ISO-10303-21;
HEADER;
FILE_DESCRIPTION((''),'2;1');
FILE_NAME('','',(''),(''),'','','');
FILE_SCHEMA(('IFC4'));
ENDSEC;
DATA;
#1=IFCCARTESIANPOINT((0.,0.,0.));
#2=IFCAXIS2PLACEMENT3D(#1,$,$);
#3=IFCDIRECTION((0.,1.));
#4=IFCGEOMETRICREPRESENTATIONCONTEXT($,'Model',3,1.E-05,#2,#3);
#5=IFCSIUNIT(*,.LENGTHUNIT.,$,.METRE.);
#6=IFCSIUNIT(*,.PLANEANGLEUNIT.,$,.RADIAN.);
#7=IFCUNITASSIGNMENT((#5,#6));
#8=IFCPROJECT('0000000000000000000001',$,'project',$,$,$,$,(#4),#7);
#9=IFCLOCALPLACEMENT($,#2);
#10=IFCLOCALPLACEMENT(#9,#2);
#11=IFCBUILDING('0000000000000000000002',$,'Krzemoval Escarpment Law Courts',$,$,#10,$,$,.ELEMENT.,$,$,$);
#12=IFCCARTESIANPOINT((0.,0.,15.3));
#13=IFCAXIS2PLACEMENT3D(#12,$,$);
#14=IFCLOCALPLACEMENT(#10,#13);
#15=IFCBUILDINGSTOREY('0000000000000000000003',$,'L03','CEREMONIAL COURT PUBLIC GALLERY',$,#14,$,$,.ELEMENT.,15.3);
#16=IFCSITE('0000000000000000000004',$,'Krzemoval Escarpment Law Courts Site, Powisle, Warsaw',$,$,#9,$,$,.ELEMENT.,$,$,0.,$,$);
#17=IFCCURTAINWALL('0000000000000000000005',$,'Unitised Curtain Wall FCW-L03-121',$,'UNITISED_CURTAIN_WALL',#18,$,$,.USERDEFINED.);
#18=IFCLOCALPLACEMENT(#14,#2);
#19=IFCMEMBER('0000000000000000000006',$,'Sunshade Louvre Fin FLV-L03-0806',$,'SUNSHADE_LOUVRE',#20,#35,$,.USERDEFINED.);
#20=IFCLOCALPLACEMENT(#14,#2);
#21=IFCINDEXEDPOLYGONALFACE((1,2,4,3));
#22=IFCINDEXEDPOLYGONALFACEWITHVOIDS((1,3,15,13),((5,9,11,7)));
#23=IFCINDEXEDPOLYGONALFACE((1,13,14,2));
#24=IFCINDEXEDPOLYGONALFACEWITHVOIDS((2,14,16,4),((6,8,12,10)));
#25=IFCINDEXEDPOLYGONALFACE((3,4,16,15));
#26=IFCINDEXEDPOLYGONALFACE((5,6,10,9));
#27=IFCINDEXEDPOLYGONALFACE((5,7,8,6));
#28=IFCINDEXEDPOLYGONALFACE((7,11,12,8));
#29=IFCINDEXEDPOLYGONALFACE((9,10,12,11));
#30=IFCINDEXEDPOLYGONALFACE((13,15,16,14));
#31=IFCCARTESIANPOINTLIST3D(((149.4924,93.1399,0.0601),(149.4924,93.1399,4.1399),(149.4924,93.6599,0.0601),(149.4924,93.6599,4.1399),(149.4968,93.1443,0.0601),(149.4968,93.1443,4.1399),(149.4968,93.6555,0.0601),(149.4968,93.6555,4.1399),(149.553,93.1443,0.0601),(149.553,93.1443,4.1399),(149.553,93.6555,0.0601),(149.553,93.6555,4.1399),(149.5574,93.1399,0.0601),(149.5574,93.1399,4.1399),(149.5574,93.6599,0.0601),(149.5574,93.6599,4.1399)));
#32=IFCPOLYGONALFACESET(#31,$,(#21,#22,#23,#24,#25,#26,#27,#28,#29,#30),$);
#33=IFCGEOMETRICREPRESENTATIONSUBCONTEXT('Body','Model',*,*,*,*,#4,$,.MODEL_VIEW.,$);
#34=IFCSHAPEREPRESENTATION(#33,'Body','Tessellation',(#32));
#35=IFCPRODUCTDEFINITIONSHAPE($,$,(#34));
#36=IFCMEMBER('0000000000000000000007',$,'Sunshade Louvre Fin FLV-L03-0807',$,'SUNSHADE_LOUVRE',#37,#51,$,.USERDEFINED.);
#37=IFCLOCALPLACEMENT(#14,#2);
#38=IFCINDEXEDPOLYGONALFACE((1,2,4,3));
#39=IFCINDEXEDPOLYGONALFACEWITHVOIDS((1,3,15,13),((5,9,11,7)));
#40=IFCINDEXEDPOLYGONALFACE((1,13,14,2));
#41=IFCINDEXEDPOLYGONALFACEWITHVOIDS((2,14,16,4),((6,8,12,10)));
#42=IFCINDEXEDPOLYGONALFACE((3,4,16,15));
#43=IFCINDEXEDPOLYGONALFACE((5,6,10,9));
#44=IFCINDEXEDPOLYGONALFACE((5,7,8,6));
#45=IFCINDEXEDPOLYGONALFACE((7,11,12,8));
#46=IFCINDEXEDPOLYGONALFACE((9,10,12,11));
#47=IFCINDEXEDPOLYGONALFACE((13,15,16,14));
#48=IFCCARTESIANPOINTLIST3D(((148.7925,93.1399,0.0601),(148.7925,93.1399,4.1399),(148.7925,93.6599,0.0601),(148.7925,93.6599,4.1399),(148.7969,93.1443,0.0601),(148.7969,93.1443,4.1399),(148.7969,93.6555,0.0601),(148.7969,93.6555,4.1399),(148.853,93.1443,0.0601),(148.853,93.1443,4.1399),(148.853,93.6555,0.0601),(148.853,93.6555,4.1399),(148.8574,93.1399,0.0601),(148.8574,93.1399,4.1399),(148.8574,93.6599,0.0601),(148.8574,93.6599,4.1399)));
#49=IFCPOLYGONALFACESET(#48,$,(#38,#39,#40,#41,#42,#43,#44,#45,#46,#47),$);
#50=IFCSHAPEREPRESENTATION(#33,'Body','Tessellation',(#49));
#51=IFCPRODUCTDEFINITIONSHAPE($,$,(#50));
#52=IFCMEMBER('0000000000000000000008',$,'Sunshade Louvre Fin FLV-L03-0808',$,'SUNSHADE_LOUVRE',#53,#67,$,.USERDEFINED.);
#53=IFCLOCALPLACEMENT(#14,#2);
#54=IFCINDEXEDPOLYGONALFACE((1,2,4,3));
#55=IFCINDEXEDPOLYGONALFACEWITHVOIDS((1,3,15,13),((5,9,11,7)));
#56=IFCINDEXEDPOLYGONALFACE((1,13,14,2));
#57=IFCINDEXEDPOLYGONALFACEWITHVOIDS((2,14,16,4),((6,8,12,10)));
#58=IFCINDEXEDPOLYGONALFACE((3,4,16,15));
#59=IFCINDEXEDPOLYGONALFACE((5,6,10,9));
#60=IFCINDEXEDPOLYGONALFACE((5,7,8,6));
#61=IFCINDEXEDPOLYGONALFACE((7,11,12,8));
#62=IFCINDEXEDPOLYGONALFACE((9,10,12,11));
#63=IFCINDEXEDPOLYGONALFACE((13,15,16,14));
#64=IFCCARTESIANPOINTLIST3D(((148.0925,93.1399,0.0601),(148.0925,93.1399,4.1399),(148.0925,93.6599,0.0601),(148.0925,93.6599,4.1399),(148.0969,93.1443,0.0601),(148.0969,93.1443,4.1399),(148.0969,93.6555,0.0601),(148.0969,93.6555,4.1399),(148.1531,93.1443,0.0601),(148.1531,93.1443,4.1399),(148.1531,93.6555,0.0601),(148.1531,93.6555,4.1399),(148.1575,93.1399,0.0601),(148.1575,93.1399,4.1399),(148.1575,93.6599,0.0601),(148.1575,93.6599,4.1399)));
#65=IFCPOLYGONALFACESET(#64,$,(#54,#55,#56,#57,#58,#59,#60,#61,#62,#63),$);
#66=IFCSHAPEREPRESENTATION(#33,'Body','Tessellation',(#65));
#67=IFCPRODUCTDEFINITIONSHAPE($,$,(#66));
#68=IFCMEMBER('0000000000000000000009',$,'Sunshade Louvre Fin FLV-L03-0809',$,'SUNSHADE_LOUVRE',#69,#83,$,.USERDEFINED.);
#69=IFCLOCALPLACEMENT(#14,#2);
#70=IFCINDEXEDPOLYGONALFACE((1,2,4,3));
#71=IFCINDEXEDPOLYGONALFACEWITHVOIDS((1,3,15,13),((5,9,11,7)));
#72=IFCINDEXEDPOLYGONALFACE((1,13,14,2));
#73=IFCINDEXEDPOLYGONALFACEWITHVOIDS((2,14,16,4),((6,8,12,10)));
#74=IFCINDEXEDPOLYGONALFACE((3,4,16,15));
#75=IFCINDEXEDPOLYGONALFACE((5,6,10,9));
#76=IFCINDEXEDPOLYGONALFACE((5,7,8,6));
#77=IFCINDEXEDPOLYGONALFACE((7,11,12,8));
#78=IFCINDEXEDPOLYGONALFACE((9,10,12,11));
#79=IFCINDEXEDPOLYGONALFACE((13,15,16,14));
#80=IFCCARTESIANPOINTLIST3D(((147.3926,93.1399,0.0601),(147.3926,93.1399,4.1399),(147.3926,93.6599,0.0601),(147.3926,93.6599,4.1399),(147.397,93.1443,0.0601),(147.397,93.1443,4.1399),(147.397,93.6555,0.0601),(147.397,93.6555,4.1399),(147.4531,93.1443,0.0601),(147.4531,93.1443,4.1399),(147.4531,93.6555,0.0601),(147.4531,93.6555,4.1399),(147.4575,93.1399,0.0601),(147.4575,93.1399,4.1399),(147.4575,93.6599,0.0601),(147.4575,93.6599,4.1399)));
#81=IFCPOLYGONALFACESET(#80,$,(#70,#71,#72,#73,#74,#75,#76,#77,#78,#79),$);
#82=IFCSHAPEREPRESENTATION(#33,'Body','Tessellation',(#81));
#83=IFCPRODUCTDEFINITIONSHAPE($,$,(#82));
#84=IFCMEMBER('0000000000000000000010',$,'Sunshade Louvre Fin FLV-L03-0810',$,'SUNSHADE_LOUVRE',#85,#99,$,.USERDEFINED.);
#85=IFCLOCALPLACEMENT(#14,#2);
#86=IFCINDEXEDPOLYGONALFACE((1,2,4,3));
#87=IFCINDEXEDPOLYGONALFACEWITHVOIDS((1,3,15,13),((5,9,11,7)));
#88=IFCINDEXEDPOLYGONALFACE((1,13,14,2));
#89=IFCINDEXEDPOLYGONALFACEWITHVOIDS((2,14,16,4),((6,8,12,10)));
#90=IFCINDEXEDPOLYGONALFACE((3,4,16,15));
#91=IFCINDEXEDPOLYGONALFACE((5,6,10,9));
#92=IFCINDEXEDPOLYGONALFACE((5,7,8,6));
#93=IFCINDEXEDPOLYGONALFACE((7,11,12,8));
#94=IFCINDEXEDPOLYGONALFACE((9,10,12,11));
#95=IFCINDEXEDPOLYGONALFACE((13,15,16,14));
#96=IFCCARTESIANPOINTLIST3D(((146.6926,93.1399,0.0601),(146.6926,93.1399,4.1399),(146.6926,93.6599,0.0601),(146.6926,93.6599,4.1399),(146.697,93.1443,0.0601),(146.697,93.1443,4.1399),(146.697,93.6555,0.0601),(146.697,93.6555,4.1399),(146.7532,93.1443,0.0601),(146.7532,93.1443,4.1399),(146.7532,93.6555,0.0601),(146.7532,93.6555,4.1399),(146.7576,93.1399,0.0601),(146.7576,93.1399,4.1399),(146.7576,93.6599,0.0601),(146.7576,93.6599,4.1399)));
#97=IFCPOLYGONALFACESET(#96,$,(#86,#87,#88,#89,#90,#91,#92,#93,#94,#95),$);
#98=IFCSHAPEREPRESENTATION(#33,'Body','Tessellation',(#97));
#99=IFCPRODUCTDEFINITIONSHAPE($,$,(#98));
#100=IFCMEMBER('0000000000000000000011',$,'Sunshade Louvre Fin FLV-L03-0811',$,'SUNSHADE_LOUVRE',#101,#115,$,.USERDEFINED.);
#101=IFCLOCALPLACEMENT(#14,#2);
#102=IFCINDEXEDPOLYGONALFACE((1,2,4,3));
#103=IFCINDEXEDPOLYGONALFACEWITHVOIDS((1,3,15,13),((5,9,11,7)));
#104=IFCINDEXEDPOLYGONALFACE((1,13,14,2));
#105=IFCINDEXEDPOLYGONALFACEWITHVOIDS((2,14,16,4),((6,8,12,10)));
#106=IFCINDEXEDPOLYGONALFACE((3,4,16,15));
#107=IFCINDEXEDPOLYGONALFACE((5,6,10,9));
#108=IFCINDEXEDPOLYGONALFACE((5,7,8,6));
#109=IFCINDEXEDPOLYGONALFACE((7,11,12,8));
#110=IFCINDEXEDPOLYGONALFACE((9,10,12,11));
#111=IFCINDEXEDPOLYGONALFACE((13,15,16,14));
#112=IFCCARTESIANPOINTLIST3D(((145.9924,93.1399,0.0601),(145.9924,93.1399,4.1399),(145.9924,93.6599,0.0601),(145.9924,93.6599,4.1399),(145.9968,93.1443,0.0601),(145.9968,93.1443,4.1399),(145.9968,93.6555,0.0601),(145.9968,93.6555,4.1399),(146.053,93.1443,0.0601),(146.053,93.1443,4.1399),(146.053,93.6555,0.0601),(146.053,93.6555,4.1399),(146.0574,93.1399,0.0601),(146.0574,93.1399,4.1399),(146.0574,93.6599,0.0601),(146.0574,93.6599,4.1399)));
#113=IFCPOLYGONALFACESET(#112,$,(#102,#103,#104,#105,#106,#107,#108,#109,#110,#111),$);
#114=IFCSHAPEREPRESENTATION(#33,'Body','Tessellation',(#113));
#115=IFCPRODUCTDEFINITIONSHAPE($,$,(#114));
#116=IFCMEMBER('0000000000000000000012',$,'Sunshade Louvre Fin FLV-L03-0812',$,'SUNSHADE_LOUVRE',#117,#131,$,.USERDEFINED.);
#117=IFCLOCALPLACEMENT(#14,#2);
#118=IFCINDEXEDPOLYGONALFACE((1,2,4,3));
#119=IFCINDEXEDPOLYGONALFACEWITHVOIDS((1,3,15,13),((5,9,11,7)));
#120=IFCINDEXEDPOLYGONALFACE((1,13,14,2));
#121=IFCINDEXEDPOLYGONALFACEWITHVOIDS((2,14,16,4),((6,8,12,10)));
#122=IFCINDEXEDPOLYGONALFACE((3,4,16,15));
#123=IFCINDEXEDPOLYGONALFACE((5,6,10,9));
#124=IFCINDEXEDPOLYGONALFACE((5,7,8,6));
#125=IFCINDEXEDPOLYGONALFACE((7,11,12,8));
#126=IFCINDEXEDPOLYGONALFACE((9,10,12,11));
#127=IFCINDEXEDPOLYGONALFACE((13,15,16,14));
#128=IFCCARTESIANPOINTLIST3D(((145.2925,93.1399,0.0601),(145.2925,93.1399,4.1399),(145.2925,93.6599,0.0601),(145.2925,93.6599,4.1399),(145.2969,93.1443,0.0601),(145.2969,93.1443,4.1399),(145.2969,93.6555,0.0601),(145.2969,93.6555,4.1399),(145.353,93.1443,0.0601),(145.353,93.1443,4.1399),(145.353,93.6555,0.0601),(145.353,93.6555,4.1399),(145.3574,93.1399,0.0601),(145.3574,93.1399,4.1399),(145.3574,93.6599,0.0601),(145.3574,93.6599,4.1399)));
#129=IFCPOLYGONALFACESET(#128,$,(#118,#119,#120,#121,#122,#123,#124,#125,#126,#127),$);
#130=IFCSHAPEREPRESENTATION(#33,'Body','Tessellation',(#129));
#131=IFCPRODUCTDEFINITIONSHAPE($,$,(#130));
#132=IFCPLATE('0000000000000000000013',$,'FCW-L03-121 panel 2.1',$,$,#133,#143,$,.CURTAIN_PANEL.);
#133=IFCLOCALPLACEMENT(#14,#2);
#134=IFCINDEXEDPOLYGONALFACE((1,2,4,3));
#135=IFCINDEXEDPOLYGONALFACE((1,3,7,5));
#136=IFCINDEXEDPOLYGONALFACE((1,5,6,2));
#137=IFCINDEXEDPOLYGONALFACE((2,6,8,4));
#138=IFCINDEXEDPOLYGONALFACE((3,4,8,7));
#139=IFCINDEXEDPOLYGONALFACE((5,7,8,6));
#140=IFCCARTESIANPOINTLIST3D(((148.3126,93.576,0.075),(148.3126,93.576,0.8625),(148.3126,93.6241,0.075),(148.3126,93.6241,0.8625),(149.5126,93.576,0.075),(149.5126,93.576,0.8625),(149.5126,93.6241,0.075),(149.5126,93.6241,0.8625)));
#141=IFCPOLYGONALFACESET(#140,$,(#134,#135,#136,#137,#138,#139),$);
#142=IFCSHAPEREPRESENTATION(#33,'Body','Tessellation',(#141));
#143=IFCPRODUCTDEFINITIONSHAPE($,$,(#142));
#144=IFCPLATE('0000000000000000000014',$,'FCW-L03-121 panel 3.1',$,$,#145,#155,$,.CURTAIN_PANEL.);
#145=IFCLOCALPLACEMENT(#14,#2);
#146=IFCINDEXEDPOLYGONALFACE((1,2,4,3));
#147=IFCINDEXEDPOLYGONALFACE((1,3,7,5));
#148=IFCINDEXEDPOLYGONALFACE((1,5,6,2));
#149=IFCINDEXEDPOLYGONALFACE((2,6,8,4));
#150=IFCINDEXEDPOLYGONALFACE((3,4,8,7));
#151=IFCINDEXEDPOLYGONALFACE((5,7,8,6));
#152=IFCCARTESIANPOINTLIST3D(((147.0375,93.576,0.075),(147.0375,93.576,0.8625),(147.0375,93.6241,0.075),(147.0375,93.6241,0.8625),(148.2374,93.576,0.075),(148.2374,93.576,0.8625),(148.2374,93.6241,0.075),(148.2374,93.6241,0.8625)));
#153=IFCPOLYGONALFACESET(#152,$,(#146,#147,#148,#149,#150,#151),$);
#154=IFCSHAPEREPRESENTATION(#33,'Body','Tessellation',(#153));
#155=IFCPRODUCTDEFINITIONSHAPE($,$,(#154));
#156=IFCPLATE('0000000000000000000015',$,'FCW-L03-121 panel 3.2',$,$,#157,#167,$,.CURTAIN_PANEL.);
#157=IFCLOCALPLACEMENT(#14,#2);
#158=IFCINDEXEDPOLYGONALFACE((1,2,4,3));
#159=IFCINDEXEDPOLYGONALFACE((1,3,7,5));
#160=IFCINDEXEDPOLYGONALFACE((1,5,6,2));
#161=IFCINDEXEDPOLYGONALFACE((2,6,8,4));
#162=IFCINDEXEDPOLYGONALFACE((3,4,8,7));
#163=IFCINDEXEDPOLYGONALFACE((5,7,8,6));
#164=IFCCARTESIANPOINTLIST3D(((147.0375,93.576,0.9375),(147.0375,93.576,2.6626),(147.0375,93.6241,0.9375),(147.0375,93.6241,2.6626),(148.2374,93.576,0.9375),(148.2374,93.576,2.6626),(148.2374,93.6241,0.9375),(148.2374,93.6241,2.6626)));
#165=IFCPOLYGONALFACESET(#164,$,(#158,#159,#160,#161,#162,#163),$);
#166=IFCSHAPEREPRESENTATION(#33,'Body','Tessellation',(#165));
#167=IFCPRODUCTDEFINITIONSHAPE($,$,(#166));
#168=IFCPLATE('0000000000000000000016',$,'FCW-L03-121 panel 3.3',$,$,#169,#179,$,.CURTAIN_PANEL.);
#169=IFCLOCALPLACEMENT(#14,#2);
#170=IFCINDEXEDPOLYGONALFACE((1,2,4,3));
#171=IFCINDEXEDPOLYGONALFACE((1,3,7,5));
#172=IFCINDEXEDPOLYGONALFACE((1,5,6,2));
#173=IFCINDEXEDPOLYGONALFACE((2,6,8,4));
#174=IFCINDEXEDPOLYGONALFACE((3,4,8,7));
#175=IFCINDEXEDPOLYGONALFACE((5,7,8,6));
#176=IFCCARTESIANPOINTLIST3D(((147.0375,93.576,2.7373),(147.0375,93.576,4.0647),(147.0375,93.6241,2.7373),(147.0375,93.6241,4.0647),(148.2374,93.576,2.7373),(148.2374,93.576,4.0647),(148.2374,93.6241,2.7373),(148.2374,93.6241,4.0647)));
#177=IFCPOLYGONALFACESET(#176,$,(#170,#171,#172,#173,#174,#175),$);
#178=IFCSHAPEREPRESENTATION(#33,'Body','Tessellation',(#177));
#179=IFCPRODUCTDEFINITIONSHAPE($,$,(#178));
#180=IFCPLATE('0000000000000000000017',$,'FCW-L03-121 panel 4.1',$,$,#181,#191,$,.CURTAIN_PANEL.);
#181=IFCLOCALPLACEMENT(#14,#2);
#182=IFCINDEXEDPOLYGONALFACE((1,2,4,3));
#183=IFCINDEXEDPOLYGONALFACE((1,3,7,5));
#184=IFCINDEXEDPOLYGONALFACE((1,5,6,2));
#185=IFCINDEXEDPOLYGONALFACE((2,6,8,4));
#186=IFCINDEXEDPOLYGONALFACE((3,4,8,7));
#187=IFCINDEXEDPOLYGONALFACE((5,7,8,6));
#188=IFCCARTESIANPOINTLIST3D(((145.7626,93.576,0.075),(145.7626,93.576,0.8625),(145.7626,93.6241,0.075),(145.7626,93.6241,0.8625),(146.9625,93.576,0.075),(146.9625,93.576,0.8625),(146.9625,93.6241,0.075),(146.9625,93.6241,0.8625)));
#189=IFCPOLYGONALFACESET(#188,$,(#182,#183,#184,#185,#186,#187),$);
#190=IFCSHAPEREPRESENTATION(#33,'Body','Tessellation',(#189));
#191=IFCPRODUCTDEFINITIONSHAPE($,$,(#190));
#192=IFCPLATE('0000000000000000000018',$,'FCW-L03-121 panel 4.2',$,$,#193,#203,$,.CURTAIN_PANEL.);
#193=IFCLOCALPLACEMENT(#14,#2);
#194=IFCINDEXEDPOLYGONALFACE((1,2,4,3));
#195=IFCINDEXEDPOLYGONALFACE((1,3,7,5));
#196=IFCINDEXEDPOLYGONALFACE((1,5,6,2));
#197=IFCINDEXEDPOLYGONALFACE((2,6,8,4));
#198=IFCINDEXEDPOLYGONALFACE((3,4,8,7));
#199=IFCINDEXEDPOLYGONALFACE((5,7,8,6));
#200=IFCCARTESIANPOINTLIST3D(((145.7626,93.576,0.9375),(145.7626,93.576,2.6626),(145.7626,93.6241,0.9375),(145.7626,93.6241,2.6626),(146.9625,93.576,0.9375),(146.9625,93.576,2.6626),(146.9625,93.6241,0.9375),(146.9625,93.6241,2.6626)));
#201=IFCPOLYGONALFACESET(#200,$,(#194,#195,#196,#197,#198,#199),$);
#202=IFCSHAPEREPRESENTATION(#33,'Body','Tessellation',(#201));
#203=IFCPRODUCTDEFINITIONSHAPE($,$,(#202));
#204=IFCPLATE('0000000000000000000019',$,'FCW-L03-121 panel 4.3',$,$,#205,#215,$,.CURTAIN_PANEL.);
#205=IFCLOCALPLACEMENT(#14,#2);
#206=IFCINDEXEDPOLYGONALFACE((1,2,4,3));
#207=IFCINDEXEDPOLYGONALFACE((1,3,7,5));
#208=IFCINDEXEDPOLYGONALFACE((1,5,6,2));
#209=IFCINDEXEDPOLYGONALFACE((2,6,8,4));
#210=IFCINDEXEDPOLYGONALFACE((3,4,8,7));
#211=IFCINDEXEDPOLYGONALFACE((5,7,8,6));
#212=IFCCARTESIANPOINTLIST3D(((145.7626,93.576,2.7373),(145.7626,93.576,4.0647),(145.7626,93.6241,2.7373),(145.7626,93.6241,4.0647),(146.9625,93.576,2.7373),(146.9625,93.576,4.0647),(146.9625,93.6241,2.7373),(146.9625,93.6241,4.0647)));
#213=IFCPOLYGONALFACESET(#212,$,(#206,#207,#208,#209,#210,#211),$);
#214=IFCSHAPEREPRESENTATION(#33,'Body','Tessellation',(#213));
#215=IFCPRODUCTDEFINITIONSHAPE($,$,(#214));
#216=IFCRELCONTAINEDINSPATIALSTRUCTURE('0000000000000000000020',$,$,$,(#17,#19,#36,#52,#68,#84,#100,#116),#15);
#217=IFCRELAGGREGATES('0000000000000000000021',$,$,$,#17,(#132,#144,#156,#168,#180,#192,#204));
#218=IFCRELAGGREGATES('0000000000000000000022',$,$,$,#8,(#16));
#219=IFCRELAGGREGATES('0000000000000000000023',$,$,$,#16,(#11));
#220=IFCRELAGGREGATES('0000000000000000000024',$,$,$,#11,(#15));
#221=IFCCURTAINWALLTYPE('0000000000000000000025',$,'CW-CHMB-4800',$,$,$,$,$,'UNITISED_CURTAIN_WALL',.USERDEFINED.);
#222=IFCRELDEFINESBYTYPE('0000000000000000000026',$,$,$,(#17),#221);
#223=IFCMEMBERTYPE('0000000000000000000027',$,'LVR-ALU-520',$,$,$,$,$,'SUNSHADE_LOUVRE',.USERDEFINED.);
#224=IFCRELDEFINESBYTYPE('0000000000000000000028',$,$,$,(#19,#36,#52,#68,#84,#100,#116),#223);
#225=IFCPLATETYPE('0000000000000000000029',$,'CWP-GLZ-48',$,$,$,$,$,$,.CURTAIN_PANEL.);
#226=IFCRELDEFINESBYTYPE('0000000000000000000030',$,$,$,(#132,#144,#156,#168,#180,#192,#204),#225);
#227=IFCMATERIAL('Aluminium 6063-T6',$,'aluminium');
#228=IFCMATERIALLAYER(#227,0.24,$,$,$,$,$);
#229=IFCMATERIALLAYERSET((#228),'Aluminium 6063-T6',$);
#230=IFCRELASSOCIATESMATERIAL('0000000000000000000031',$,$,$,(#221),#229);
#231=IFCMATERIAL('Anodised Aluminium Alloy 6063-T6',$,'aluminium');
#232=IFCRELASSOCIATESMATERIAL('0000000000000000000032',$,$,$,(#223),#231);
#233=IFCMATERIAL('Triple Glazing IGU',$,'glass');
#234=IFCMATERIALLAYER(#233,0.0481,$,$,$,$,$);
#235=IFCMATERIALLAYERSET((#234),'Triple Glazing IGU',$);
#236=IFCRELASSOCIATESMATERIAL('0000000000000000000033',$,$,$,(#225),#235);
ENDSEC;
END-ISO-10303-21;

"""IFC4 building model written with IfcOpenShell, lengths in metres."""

from ifc_helpers import new_model, si_unit, direction, frame, origin, origin_2d, place, context, subcontext, project, spatial, rectangle, hollow_rectangle, extrude, material, layer, layer_set, material_profile, profile_set, type_object, element, aggregate, save


model = new_model("IFC4")

# Units and contexts
model_context = context("Model", 3, precision=1e-05, world=origin(), true_north=direction((0.0, 1.0)))
body_context = subcontext(model_context, "Body", "Model", "MODEL_VIEW")
ifc_project = project(units=[si_unit("LENGTHUNIT", "METRE"), si_unit("PLANEANGLEUNIT", "RADIAN")], contexts=[model_context])

# Site, building, storey
site_placement = place(None, origin())
site = spatial("IfcSite", under=ifc_project, at=site_placement, Name="Krzemoval Escarpment Law Courts Site, Powisle, Warsaw", CompositionType="ELEMENT", RefElevation=0.0)
building_placement = place(site_placement, origin())
building = spatial("IfcBuilding", under=site, at=building_placement, Name="Krzemoval Escarpment Law Courts", CompositionType="ELEMENT")
storey_placement = place(building_placement, frame((0.0, 0.0, 15.3)))
storey = spatial("IfcBuildingStorey", under=building, at=storey_placement, Name="L03", Description="CEREMONIAL COURT PUBLIC GALLERY", CompositionType="ELEMENT", Elevation=15.3)

# Curtain wall
ifc_material_1 = material(Name="Aluminium 6063-T6", Category="aluminium")
ifc_layer_1 = layer(ifc_material_1, 0.24)
ifc_layer_set_1 = layer_set([ifc_layer_1], Name="Aluminium 6063-T6")
curtain_wall_type = type_object("IfcCurtainWallType", Name="CW-CHMB-4800", ElementType="UNITISED_CURTAIN_WALL", PredefinedType="USERDEFINED", material=ifc_layer_set_1)
curtain_wall_placement = place(storey_placement, origin())
curtain_wall = element("IfcCurtainWall", 1, at=curtain_wall_placement, inside=storey, type_object=curtain_wall_type, Name="Unitised Curtain Wall FCW-L03-121", ObjectType="UNITISED_CURTAIN_WALL", PredefinedType="USERDEFINED")

# Members
ifc_material_2 = material(Name="Anodised Aluminium Alloy 6063-T6", Category="aluminium")
ifc_material_profile_1 = material_profile(ifc_material_2, hollow_rectangle(XDim=0.0649, YDim=0.52, WallThickness=0.0044, at=origin_2d()), Name="ALU LVR 65x520")
ifc_profile_set_1 = profile_set([ifc_material_profile_1], Name="Anodised Aluminium Alloy 6063-T6")
member_type_1 = type_object("IfcMemberType", Name="LVR-ALU-520", ElementType="SUNSHADE_LOUVRE", PredefinedType="USERDEFINED", material=ifc_profile_set_1)
for number, where, z_axis, x_axis, name in (
    (2, (149.5249, 93.3999, 0.0601), (0.0, 0.0, 1.0), (1.0, 0.0, 0.0), "Sunshade Louvre Fin FLV-L03-0806"),
    (3, (148.825, 93.3999, 0.0601), (0.0, 0.0, 1.0), (1.0, 0.0, 0.0), "Sunshade Louvre Fin FLV-L03-0807"),
    (4, (148.125, 93.3999, 0.0601), (0.0, 0.0, 1.0), (1.0, 0.0, 0.0), "Sunshade Louvre Fin FLV-L03-0808"),
    (5, (147.425, 93.3999, 0.0601), (0.0, 0.0, 1.0), (1.0, 0.0, 0.0), "Sunshade Louvre Fin FLV-L03-0809"),
    (6, (146.7251, 93.3999, 0.0601), (0.0, 0.0, 1.0), (1.0, 0.0, 0.0), "Sunshade Louvre Fin FLV-L03-0810"),
    (7, (146.0249, 93.3999, 0.0601), (0.0, 0.0, 1.0), (1.0, 0.0, 0.0), "Sunshade Louvre Fin FLV-L03-0811"),
    (8, (145.325, 93.3999, 0.0601), (0.0, 0.0, 1.0), (1.0, 0.0, 0.0), "Sunshade Louvre Fin FLV-L03-0812"),
):
    element("IfcMember", number, at=place(storey_placement, frame(where, z_axis=z_axis, x_axis=x_axis)), inside=storey, type_object=member_type_1, Name=name, ObjectType="SUNSHADE_LOUVRE", PredefinedType="USERDEFINED", context=body_context, shape_type="SweptSolid", body=[
        extrude(hollow_rectangle(XDim=0.0649, YDim=0.52, WallThickness=0.0044, at=origin_2d()), origin(), (0.0, 0.0, 1.0), 4.0798),
    ])

# Plates
ifc_material_3 = material(Name="Triple Glazing IGU", Category="glass")
ifc_layer_2 = layer(ifc_material_3, 0.0481)
ifc_layer_set_2 = layer_set([ifc_layer_2], Name="Triple Glazing IGU")
plate_type = type_object("IfcPlateType", Name="CWP-GLZ-48", PredefinedType="CURTAIN_PANEL", material=ifc_layer_set_2)
plate_1_placement = place(storey_placement, frame((148.9126, 93.6001, 0.075), z_axis=(0.0, 0.0, 1.0), x_axis=(-1.0, 0.0, 0.0)))
plate_1 = element("IfcPlate", 9, at=plate_1_placement, type_object=plate_type, Name="FCW-L03-121 panel 2.1", PredefinedType="CURTAIN_PANEL", context=body_context, shape_type="SweptSolid", body=[
    extrude(rectangle(XDim=1.2, YDim=0.0481, at=origin_2d()), origin(), (0.0, 0.0, 1.0), 0.7876),
])
plate_2_placement = place(storey_placement, frame((147.6375, 93.6001, 0.075), z_axis=(0.0, 0.0, 1.0), x_axis=(-1.0, 0.0, 0.0)))
plate_2 = element("IfcPlate", 10, at=plate_2_placement, type_object=plate_type, Name="FCW-L03-121 panel 3.1", PredefinedType="CURTAIN_PANEL", context=body_context, shape_type="SweptSolid", body=[
    extrude(rectangle(XDim=1.2, YDim=0.0481, at=origin_2d()), origin(), (0.0, 0.0, 1.0), 0.7876),
])
plate_3_placement = place(storey_placement, frame((147.6375, 93.6001, 0.9375), z_axis=(0.0, 0.0, 1.0), x_axis=(-1.0, 0.0, 0.0)))
plate_3 = element("IfcPlate", 11, at=plate_3_placement, type_object=plate_type, Name="FCW-L03-121 panel 3.2", PredefinedType="CURTAIN_PANEL", context=body_context, shape_type="SweptSolid", body=[
    extrude(rectangle(XDim=1.2, YDim=0.0481, at=origin_2d()), origin(), (0.0, 0.0, 1.0), 1.7251),
])
plate_4_placement = place(storey_placement, frame((147.6375, 93.6001, 2.7373), z_axis=(0.0, 0.0, 1.0), x_axis=(-1.0, 0.0, 0.0)))
plate_4 = element("IfcPlate", 12, at=plate_4_placement, type_object=plate_type, Name="FCW-L03-121 panel 3.3", PredefinedType="CURTAIN_PANEL", context=body_context, shape_type="SweptSolid", body=[
    extrude(rectangle(XDim=1.2, YDim=0.0481, at=origin_2d()), origin(), (0.0, 0.0, 1.0), 1.3274),
])
plate_5_placement = place(storey_placement, frame((146.3625, 93.6001, 0.075), z_axis=(0.0, 0.0, 1.0), x_axis=(-1.0, 0.0, 0.0)))
plate_5 = element("IfcPlate", 13, at=plate_5_placement, type_object=plate_type, Name="FCW-L03-121 panel 4.1", PredefinedType="CURTAIN_PANEL", context=body_context, shape_type="SweptSolid", body=[
    extrude(rectangle(XDim=1.2, YDim=0.0481, at=origin_2d()), origin(), (0.0, 0.0, 1.0), 0.7876),
])
plate_6_placement = place(storey_placement, frame((146.3625, 93.6001, 0.9375), z_axis=(0.0, 0.0, 1.0), x_axis=(-1.0, 0.0, 0.0)))
plate_6 = element("IfcPlate", 14, at=plate_6_placement, type_object=plate_type, Name="FCW-L03-121 panel 4.2", PredefinedType="CURTAIN_PANEL", context=body_context, shape_type="SweptSolid", body=[
    extrude(rectangle(XDim=1.2, YDim=0.0481, at=origin_2d()), origin(), (0.0, 0.0, 1.0), 1.7251),
])
plate_7_placement = place(storey_placement, frame((146.3625, 93.6001, 2.7373), z_axis=(0.0, 0.0, 1.0), x_axis=(-1.0, 0.0, 0.0)))
plate_7 = element("IfcPlate", 15, at=plate_7_placement, type_object=plate_type, Name="FCW-L03-121 panel 4.3", PredefinedType="CURTAIN_PANEL", context=body_context, shape_type="SweptSolid", body=[
    extrude(rectangle(XDim=1.2, YDim=0.0481, at=origin_2d()), origin(), (0.0, 0.0, 1.0), 1.3274),
])
aggregate(curtain_wall, [plate_1, plate_2, plate_3, plate_4, plate_5, plate_6, plate_7])

save(model, "model.ifc")
